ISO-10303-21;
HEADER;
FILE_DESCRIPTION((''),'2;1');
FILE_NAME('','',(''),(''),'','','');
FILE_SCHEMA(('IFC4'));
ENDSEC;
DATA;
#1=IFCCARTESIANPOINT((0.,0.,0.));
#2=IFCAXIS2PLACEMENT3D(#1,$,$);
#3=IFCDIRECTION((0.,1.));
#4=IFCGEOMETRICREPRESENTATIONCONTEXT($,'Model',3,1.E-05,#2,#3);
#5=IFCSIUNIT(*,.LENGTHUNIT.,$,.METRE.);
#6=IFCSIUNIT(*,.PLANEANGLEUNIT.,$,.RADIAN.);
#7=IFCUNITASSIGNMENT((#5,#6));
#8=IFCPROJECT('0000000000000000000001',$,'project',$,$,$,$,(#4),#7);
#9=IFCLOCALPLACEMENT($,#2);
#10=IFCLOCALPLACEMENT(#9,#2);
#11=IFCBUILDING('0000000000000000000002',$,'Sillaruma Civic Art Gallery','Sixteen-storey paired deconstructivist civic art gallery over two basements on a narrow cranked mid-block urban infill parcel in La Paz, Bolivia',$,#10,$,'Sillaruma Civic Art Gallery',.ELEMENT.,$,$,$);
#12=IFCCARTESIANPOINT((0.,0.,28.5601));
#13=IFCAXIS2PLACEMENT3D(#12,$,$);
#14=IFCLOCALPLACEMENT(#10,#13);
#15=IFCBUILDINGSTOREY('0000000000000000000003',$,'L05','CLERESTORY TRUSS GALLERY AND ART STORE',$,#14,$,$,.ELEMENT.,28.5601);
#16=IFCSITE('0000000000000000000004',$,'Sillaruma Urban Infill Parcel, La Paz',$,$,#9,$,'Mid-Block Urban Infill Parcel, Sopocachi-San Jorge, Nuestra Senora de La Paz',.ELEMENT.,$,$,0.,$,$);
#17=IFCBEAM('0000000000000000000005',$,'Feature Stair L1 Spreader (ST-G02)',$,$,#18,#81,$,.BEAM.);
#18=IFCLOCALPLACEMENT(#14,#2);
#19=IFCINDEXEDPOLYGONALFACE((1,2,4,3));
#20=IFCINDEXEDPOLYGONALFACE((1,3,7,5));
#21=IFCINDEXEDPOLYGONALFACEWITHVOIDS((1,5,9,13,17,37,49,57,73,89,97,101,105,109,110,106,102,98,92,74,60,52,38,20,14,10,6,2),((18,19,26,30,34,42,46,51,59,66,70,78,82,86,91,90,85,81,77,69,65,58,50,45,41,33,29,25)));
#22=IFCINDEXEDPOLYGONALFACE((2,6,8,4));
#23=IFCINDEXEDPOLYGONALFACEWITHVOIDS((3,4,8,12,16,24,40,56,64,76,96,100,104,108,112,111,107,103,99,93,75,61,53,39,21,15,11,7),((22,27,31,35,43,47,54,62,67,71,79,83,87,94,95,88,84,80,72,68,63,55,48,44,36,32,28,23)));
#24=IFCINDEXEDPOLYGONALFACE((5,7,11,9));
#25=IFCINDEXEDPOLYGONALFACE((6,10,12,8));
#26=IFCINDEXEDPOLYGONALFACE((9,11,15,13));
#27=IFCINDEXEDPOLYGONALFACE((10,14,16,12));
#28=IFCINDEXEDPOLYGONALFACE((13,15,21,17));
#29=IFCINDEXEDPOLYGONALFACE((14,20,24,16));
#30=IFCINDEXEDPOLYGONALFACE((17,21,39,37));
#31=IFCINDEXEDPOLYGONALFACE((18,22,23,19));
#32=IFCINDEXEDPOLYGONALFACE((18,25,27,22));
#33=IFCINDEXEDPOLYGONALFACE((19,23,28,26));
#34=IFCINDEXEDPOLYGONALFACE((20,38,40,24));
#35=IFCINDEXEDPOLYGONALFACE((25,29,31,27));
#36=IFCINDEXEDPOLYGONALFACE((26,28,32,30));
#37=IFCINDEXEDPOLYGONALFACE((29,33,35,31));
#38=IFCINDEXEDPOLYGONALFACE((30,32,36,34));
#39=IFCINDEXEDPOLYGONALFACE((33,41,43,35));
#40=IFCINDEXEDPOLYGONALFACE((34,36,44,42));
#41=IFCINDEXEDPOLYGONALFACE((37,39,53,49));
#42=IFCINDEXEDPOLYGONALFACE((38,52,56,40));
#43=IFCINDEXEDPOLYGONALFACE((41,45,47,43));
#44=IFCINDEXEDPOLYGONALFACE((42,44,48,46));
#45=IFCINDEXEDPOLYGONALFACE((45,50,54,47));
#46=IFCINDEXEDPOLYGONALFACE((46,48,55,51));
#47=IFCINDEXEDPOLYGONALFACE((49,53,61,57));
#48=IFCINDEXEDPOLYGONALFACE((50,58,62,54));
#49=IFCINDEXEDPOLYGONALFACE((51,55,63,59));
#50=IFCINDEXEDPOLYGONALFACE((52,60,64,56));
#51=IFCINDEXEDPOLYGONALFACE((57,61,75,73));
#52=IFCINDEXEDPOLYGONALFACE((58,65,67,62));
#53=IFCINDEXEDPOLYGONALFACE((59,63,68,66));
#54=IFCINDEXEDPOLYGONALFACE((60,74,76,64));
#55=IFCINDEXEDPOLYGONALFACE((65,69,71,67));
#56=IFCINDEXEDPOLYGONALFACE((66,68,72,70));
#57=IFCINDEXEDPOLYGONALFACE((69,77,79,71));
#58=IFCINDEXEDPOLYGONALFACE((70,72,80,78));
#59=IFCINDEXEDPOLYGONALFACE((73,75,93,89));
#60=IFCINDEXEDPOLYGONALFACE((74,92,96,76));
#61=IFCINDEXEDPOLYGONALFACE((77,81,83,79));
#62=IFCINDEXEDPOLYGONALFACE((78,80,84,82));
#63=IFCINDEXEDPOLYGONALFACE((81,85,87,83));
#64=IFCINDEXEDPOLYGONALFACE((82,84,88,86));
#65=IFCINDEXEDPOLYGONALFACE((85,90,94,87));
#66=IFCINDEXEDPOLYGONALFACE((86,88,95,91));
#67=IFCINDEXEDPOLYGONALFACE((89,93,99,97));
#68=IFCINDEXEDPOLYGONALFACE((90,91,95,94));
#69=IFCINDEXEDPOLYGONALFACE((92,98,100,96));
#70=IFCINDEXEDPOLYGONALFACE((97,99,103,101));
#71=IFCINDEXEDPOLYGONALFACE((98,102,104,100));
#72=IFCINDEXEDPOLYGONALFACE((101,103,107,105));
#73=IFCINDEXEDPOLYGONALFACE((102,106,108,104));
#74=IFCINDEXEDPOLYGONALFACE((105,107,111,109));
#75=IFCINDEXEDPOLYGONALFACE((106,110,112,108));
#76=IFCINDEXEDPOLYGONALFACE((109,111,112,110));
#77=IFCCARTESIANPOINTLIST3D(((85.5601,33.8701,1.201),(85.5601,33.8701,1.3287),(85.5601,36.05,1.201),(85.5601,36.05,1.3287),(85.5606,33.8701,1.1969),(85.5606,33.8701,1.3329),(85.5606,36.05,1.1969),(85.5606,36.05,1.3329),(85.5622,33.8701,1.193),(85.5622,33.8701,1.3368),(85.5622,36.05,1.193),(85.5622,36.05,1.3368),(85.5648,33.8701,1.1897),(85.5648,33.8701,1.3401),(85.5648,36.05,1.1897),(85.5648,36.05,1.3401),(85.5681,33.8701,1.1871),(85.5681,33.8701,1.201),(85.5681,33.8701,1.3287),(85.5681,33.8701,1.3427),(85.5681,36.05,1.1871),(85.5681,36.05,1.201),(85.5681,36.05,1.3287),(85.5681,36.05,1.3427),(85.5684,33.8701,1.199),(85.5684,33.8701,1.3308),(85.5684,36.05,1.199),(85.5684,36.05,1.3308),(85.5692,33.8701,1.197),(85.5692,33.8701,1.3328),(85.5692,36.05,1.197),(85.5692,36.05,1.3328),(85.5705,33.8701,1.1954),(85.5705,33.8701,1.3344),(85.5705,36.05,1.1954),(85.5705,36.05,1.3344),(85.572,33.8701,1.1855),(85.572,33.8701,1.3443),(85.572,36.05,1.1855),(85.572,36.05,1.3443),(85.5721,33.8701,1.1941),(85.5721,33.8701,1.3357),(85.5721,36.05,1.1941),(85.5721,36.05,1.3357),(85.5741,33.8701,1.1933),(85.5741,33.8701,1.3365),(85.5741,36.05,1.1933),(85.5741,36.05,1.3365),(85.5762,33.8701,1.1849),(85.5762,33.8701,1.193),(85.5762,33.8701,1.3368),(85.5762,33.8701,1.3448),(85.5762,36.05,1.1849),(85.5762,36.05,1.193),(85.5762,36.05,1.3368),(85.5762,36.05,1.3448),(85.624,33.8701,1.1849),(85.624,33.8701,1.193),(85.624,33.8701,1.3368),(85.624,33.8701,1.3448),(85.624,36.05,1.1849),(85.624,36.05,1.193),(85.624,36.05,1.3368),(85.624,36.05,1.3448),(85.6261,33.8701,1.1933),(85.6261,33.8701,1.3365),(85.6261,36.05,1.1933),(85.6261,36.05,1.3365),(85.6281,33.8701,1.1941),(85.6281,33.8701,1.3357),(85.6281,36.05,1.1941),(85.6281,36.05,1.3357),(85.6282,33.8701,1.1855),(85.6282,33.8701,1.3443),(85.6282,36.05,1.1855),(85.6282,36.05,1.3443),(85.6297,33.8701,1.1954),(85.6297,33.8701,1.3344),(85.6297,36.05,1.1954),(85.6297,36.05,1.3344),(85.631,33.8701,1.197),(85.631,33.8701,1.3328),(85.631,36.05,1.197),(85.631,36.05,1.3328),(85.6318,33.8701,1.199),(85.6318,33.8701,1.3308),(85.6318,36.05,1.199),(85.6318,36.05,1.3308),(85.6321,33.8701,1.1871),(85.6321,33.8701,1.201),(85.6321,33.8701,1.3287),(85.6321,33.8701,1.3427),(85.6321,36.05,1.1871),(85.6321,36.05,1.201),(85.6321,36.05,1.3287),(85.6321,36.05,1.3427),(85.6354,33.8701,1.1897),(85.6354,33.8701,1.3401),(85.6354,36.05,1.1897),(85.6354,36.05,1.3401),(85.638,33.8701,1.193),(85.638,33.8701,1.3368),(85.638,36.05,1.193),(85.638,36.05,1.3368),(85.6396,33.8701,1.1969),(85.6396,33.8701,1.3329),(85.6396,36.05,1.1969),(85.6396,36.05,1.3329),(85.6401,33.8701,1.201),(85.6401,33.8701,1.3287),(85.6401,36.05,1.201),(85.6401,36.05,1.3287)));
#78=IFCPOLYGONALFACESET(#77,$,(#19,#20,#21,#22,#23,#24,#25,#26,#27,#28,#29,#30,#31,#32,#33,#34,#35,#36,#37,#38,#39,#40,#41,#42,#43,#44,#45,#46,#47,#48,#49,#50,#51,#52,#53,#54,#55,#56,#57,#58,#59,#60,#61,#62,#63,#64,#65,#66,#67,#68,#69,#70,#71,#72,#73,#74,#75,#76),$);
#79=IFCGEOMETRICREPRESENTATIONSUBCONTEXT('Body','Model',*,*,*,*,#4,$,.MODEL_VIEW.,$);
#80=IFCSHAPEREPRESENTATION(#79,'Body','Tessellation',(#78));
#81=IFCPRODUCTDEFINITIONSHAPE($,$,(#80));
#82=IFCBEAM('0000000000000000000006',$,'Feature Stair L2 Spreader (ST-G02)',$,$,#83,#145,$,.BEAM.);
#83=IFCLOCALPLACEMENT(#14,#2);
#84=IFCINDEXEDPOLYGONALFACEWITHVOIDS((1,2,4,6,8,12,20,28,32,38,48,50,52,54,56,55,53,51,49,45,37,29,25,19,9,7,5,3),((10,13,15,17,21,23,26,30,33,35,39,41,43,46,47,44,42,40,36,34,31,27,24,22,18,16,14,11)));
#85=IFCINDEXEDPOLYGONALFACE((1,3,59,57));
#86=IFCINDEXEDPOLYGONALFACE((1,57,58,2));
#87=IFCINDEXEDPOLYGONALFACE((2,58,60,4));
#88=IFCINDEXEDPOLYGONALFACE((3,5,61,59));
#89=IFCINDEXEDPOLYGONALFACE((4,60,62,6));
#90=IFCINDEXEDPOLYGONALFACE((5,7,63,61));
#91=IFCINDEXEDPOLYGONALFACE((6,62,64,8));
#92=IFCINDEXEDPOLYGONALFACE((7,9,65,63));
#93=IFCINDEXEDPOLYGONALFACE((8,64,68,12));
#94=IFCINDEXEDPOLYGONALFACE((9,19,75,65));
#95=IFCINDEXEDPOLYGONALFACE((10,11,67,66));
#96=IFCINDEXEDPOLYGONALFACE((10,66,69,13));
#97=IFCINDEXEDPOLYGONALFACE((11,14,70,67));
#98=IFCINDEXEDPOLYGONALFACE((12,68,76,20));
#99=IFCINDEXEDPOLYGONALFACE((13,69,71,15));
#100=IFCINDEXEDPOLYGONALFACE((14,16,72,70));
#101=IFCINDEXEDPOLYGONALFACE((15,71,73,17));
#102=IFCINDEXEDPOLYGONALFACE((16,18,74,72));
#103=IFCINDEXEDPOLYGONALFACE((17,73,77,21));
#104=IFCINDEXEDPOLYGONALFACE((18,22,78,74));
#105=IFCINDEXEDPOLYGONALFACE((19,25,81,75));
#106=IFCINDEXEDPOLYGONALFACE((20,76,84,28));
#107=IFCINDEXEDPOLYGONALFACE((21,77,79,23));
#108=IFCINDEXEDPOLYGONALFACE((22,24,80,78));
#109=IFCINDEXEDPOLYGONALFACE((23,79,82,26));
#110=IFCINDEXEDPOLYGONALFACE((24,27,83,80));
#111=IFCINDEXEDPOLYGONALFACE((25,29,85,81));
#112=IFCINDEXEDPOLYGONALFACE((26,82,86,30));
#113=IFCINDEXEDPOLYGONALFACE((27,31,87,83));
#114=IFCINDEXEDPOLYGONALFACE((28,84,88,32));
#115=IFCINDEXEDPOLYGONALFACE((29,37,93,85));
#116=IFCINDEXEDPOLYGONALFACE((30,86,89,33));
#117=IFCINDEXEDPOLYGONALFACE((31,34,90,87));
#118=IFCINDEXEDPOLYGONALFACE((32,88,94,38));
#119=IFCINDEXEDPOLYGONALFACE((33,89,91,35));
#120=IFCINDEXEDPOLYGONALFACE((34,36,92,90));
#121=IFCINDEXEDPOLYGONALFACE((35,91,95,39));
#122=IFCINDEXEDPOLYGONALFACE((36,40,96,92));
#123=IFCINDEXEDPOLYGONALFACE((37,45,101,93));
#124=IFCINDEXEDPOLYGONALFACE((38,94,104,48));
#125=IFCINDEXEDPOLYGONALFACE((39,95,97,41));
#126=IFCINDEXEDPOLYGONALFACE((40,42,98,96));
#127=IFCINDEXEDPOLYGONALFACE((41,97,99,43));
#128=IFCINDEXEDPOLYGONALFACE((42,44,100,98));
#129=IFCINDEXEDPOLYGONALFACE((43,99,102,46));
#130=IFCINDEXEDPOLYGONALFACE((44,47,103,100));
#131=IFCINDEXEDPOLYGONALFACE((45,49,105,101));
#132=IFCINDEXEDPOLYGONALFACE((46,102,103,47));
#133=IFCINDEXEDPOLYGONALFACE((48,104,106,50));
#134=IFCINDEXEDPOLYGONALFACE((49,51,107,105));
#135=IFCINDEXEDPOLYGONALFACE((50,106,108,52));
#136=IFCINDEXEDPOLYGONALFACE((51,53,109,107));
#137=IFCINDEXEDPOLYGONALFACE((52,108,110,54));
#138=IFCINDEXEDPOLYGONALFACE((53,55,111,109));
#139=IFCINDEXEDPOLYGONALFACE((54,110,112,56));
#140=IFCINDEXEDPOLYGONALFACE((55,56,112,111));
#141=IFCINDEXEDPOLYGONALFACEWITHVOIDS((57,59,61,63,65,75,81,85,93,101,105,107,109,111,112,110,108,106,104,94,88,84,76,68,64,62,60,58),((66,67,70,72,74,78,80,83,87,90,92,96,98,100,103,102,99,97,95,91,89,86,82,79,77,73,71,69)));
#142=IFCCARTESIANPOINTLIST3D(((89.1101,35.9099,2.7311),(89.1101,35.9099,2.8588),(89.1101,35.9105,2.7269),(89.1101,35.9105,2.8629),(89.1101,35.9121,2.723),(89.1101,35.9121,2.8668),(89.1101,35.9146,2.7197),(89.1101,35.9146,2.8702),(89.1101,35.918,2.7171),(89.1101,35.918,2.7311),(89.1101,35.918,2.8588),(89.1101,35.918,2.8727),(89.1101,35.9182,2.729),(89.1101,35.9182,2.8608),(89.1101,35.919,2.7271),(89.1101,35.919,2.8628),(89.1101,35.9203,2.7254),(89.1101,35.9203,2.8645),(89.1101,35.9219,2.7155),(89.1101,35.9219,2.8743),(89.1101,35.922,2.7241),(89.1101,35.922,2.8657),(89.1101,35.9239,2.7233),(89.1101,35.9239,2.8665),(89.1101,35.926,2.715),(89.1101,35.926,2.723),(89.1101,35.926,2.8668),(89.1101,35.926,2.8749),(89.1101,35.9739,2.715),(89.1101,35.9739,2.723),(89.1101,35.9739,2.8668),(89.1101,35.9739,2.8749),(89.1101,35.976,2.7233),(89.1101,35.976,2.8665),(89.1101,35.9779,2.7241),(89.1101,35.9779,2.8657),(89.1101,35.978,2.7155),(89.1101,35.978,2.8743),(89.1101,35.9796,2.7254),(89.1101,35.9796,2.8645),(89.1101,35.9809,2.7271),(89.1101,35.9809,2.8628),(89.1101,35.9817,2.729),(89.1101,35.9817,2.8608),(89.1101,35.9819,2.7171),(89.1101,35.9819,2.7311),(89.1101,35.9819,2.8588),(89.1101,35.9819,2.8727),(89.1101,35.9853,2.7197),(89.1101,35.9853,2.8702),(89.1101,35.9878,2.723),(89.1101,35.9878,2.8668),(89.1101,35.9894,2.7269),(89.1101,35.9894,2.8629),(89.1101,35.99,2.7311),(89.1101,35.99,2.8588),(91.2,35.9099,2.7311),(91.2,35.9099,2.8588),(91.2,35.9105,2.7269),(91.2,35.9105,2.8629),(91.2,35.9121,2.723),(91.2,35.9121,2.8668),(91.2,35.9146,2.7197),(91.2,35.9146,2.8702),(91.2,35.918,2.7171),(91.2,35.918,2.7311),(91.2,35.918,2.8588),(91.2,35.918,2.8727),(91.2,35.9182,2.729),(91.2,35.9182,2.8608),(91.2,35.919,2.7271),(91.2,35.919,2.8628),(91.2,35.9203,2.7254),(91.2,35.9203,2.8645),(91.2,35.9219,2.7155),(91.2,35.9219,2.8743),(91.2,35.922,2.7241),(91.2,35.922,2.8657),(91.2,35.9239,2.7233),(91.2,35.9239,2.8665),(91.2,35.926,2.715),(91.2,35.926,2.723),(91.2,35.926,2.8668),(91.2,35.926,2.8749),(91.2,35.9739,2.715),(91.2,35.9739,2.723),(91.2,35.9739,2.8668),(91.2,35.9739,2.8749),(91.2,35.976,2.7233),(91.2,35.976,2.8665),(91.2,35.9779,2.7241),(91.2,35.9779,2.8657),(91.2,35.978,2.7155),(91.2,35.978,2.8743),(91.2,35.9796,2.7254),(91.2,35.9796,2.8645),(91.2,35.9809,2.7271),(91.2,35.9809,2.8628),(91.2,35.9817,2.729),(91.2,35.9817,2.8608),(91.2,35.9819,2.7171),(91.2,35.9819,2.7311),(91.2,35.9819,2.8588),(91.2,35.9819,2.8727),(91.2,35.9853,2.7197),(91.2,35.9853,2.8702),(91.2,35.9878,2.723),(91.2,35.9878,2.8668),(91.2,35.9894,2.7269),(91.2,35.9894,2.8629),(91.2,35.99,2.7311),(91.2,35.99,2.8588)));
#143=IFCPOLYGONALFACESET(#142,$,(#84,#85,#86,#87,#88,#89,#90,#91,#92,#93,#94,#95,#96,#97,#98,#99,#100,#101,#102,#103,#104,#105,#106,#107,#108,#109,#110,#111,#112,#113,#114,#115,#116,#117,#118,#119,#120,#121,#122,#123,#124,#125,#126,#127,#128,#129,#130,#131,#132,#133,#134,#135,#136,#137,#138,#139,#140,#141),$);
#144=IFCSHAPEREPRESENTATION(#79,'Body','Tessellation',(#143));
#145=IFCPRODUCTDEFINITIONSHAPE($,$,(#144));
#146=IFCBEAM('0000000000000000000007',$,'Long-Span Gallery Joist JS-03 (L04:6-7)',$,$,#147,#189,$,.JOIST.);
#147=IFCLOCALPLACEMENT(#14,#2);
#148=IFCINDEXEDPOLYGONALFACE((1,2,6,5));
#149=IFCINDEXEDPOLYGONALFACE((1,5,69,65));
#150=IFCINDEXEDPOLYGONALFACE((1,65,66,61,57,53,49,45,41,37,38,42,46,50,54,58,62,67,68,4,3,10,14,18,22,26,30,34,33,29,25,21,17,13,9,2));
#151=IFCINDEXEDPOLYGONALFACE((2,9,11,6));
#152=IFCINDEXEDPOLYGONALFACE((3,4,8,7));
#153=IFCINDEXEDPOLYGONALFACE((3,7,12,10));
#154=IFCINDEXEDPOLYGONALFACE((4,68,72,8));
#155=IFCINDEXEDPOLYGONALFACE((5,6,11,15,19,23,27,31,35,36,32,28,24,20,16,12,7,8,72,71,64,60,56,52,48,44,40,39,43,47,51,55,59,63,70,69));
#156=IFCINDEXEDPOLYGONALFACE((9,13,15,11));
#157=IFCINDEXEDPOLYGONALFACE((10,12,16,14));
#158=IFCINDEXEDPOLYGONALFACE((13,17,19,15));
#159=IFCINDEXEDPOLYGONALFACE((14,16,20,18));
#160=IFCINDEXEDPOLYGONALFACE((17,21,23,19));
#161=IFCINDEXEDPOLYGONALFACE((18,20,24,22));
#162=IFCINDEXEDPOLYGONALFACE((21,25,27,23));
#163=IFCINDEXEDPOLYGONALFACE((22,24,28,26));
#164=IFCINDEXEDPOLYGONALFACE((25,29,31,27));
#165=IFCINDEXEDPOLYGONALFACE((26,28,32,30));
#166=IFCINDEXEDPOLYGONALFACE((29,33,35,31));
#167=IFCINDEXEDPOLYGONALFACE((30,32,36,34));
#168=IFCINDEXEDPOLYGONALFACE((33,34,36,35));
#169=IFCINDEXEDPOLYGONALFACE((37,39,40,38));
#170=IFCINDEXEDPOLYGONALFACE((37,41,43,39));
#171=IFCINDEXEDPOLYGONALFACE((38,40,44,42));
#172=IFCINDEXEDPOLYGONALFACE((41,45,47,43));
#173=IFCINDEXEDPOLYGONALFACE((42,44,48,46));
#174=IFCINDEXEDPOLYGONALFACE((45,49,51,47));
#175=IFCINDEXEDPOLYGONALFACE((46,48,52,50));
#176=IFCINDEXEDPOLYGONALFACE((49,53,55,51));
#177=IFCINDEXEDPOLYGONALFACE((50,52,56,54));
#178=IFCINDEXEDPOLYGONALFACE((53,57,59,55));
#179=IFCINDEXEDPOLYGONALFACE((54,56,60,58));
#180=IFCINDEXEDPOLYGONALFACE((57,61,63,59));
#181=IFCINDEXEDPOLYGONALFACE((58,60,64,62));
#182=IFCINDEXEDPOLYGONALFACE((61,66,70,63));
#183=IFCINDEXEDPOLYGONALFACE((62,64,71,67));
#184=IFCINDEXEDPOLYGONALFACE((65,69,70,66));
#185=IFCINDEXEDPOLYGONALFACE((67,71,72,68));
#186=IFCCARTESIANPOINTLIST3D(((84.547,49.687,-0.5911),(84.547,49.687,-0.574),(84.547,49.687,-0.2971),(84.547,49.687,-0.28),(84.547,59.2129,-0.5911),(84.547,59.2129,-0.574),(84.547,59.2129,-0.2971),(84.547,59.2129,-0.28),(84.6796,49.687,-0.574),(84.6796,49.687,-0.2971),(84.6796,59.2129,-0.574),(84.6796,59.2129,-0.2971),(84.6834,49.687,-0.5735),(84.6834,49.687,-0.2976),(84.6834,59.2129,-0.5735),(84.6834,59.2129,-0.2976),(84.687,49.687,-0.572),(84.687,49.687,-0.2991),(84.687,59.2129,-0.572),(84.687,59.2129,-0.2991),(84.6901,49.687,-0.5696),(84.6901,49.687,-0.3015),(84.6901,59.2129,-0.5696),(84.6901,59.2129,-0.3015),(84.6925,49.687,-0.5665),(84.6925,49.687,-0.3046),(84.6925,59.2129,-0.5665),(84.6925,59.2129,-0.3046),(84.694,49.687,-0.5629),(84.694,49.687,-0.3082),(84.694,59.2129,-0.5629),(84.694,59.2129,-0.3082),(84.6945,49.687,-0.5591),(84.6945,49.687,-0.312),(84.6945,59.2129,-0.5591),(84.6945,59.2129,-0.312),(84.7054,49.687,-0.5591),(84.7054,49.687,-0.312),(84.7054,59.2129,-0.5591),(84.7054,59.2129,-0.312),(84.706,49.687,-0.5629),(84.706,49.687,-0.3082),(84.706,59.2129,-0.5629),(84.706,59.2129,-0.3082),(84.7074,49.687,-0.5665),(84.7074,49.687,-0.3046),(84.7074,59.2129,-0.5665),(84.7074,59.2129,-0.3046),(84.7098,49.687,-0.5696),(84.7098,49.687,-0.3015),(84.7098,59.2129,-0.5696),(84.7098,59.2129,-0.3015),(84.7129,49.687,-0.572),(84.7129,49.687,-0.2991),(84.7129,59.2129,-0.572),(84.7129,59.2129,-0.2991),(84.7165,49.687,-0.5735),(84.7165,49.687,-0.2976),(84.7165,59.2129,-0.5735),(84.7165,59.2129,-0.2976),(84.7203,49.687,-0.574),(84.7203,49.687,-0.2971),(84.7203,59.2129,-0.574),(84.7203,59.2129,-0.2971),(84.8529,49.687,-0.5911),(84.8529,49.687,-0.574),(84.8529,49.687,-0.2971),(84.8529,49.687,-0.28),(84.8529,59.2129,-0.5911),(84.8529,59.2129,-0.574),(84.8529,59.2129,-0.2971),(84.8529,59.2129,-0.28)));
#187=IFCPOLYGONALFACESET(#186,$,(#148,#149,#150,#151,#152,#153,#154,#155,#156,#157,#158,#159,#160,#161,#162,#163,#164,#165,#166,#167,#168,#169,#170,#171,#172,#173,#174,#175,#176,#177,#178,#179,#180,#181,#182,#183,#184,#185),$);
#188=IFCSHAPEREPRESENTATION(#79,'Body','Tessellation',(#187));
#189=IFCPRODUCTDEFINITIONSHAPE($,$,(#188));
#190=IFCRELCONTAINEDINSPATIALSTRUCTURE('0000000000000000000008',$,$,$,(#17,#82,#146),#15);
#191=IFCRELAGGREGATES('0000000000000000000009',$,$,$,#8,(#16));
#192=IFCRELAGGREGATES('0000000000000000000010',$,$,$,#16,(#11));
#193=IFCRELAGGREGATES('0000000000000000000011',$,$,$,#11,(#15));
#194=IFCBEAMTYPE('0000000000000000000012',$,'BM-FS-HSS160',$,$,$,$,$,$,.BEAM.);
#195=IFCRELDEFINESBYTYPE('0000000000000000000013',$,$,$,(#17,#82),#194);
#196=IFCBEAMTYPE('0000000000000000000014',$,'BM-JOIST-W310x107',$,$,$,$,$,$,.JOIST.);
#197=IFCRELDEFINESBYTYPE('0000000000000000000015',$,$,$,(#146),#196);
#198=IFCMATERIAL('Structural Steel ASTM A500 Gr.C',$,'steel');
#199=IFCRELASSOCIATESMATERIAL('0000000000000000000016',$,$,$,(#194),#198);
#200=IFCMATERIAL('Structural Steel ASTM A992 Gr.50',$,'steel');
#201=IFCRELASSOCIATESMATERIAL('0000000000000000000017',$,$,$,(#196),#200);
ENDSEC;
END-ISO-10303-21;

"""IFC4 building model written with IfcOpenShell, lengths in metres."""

from ifc_helpers import new_model, si_unit, direction, frame, origin, origin_2d, place, context, subcontext, project, spatial, hollow_rectangle, i_section, extrude, material, material_profile, profile_set, type_object, element, save


model = new_model("IFC4")

# Units and contexts
model_context = context("Model", 3, precision=1e-05, world=origin(), true_north=direction((0.0, 1.0)))
body_context = subcontext(model_context, "Body", "Model", "MODEL_VIEW")
ifc_project = project(units=[si_unit("LENGTHUNIT", "METRE"), si_unit("PLANEANGLEUNIT", "RADIAN")], contexts=[model_context])

# Site, building, storey
site_placement = place(None, origin())
site = spatial("IfcSite", under=ifc_project, at=site_placement, Name="Sillaruma Urban Infill Parcel, La Paz", LongName="Mid-Block Urban Infill Parcel, Sopocachi-San Jorge, Nuestra Senora de La Paz", CompositionType="ELEMENT", RefElevation=0.0)
building_placement = place(site_placement, origin())
building = spatial("IfcBuilding", under=site, at=building_placement, Name="Sillaruma Civic Art Gallery", Description="Sixteen-storey paired deconstructivist civic art gallery over two basements on a narrow cranked mid-block urban infill parcel in La Paz, Bolivia", LongName="Sillaruma Civic Art Gallery", CompositionType="ELEMENT")
storey_placement = place(building_placement, frame((0.0, 0.0, 28.5601)))
storey = spatial("IfcBuildingStorey", under=building, at=storey_placement, Name="L05", Description="CLERESTORY TRUSS GALLERY AND ART STORE", CompositionType="ELEMENT", Elevation=28.5601)

# Beams
ifc_material_1 = material(Name="Structural Steel ASTM A500 Gr.C", Category="steel")
ifc_material_profile_1 = material_profile(ifc_material_1, hollow_rectangle(XDim=0.0801, YDim=0.1599, WallThickness=0.0081, InnerFilletRadius=0.0081, OuterFilletRadius=0.0161, at=origin_2d()), Name="HSS160x80x8")
ifc_profile_set_1 = profile_set([ifc_material_profile_1], Name="Structural Steel ASTM A500 Gr.C")
beam_type_1 = type_object("IfcBeamType", Name="BM-FS-HSS160", PredefinedType="BEAM", material=ifc_profile_set_1)
beam_1_placement = place(storey_placement, frame((85.6001, 33.8701, 1.2649), z_axis=(0.0, 1.0, 0.0), x_axis=(-1.0, 0.0, 0.0)))
element("IfcBeam", 1, at=beam_1_placement, inside=storey, type_object=beam_type_1, Name="Feature Stair L1 Spreader (ST-G02)", PredefinedType="BEAM", context=body_context, shape_type="SweptSolid", body=[
    extrude(hollow_rectangle(XDim=0.0801, YDim=0.1599, WallThickness=0.0081, InnerFilletRadius=0.0081, OuterFilletRadius=0.0161, at=origin_2d()), origin(), (0.0, 0.0, 1.0), 2.1799),
])
beam_2_placement = place(storey_placement, frame((89.1101, 35.95, 2.7949), z_axis=(1.0, 0.0, 0.0), x_axis=(0.0, 1.0, 0.0)))
element("IfcBeam", 2, at=beam_2_placement, inside=storey, type_object=beam_type_1, Name="Feature Stair L2 Spreader (ST-G02)", PredefinedType="BEAM", context=body_context, shape_type="SweptSolid", body=[
    extrude(hollow_rectangle(XDim=0.0801, YDim=0.1599, WallThickness=0.0081, InnerFilletRadius=0.0081, OuterFilletRadius=0.0161, at=origin_2d()), origin(), (0.0, 0.0, 1.0), 2.0898),
])
ifc_material_2 = material(Name="Structural Steel ASTM A992 Gr.50", Category="steel")
ifc_material_profile_2 = material_profile(ifc_material_2, i_section(OverallWidth=0.3059, OverallDepth=0.311, WebThickness=0.011, FlangeThickness=0.0171, FilletRadius=0.0149, at=origin_2d()), Name="W310x107")
ifc_profile_set_2 = profile_set([ifc_material_profile_2], Name="Structural Steel ASTM A992 Gr.50")
beam_type_2 = type_object("IfcBeamType", Name="BM-JOIST-W310x107", PredefinedType="JOIST", material=ifc_profile_set_2)
beam_3_placement = place(storey_placement, frame((84.7, 49.687, -0.4355), z_axis=(0.0, 1.0, 0.0), x_axis=(-1.0, 0.0, 0.0)))
element("IfcBeam", 3, at=beam_3_placement, inside=storey, type_object=beam_type_2, Name="Long-Span Gallery Joist JS-03 (L04:6-7)", PredefinedType="JOIST", context=body_context, shape_type="SweptSolid", body=[
    extrude(i_section(OverallWidth=0.3059, OverallDepth=0.311, WebThickness=0.011, FlangeThickness=0.0171, FilletRadius=0.0149, at=origin_2d()), origin(), (0.0, 0.0, 1.0), 9.5259),
])

save(model, "model.ifc")
